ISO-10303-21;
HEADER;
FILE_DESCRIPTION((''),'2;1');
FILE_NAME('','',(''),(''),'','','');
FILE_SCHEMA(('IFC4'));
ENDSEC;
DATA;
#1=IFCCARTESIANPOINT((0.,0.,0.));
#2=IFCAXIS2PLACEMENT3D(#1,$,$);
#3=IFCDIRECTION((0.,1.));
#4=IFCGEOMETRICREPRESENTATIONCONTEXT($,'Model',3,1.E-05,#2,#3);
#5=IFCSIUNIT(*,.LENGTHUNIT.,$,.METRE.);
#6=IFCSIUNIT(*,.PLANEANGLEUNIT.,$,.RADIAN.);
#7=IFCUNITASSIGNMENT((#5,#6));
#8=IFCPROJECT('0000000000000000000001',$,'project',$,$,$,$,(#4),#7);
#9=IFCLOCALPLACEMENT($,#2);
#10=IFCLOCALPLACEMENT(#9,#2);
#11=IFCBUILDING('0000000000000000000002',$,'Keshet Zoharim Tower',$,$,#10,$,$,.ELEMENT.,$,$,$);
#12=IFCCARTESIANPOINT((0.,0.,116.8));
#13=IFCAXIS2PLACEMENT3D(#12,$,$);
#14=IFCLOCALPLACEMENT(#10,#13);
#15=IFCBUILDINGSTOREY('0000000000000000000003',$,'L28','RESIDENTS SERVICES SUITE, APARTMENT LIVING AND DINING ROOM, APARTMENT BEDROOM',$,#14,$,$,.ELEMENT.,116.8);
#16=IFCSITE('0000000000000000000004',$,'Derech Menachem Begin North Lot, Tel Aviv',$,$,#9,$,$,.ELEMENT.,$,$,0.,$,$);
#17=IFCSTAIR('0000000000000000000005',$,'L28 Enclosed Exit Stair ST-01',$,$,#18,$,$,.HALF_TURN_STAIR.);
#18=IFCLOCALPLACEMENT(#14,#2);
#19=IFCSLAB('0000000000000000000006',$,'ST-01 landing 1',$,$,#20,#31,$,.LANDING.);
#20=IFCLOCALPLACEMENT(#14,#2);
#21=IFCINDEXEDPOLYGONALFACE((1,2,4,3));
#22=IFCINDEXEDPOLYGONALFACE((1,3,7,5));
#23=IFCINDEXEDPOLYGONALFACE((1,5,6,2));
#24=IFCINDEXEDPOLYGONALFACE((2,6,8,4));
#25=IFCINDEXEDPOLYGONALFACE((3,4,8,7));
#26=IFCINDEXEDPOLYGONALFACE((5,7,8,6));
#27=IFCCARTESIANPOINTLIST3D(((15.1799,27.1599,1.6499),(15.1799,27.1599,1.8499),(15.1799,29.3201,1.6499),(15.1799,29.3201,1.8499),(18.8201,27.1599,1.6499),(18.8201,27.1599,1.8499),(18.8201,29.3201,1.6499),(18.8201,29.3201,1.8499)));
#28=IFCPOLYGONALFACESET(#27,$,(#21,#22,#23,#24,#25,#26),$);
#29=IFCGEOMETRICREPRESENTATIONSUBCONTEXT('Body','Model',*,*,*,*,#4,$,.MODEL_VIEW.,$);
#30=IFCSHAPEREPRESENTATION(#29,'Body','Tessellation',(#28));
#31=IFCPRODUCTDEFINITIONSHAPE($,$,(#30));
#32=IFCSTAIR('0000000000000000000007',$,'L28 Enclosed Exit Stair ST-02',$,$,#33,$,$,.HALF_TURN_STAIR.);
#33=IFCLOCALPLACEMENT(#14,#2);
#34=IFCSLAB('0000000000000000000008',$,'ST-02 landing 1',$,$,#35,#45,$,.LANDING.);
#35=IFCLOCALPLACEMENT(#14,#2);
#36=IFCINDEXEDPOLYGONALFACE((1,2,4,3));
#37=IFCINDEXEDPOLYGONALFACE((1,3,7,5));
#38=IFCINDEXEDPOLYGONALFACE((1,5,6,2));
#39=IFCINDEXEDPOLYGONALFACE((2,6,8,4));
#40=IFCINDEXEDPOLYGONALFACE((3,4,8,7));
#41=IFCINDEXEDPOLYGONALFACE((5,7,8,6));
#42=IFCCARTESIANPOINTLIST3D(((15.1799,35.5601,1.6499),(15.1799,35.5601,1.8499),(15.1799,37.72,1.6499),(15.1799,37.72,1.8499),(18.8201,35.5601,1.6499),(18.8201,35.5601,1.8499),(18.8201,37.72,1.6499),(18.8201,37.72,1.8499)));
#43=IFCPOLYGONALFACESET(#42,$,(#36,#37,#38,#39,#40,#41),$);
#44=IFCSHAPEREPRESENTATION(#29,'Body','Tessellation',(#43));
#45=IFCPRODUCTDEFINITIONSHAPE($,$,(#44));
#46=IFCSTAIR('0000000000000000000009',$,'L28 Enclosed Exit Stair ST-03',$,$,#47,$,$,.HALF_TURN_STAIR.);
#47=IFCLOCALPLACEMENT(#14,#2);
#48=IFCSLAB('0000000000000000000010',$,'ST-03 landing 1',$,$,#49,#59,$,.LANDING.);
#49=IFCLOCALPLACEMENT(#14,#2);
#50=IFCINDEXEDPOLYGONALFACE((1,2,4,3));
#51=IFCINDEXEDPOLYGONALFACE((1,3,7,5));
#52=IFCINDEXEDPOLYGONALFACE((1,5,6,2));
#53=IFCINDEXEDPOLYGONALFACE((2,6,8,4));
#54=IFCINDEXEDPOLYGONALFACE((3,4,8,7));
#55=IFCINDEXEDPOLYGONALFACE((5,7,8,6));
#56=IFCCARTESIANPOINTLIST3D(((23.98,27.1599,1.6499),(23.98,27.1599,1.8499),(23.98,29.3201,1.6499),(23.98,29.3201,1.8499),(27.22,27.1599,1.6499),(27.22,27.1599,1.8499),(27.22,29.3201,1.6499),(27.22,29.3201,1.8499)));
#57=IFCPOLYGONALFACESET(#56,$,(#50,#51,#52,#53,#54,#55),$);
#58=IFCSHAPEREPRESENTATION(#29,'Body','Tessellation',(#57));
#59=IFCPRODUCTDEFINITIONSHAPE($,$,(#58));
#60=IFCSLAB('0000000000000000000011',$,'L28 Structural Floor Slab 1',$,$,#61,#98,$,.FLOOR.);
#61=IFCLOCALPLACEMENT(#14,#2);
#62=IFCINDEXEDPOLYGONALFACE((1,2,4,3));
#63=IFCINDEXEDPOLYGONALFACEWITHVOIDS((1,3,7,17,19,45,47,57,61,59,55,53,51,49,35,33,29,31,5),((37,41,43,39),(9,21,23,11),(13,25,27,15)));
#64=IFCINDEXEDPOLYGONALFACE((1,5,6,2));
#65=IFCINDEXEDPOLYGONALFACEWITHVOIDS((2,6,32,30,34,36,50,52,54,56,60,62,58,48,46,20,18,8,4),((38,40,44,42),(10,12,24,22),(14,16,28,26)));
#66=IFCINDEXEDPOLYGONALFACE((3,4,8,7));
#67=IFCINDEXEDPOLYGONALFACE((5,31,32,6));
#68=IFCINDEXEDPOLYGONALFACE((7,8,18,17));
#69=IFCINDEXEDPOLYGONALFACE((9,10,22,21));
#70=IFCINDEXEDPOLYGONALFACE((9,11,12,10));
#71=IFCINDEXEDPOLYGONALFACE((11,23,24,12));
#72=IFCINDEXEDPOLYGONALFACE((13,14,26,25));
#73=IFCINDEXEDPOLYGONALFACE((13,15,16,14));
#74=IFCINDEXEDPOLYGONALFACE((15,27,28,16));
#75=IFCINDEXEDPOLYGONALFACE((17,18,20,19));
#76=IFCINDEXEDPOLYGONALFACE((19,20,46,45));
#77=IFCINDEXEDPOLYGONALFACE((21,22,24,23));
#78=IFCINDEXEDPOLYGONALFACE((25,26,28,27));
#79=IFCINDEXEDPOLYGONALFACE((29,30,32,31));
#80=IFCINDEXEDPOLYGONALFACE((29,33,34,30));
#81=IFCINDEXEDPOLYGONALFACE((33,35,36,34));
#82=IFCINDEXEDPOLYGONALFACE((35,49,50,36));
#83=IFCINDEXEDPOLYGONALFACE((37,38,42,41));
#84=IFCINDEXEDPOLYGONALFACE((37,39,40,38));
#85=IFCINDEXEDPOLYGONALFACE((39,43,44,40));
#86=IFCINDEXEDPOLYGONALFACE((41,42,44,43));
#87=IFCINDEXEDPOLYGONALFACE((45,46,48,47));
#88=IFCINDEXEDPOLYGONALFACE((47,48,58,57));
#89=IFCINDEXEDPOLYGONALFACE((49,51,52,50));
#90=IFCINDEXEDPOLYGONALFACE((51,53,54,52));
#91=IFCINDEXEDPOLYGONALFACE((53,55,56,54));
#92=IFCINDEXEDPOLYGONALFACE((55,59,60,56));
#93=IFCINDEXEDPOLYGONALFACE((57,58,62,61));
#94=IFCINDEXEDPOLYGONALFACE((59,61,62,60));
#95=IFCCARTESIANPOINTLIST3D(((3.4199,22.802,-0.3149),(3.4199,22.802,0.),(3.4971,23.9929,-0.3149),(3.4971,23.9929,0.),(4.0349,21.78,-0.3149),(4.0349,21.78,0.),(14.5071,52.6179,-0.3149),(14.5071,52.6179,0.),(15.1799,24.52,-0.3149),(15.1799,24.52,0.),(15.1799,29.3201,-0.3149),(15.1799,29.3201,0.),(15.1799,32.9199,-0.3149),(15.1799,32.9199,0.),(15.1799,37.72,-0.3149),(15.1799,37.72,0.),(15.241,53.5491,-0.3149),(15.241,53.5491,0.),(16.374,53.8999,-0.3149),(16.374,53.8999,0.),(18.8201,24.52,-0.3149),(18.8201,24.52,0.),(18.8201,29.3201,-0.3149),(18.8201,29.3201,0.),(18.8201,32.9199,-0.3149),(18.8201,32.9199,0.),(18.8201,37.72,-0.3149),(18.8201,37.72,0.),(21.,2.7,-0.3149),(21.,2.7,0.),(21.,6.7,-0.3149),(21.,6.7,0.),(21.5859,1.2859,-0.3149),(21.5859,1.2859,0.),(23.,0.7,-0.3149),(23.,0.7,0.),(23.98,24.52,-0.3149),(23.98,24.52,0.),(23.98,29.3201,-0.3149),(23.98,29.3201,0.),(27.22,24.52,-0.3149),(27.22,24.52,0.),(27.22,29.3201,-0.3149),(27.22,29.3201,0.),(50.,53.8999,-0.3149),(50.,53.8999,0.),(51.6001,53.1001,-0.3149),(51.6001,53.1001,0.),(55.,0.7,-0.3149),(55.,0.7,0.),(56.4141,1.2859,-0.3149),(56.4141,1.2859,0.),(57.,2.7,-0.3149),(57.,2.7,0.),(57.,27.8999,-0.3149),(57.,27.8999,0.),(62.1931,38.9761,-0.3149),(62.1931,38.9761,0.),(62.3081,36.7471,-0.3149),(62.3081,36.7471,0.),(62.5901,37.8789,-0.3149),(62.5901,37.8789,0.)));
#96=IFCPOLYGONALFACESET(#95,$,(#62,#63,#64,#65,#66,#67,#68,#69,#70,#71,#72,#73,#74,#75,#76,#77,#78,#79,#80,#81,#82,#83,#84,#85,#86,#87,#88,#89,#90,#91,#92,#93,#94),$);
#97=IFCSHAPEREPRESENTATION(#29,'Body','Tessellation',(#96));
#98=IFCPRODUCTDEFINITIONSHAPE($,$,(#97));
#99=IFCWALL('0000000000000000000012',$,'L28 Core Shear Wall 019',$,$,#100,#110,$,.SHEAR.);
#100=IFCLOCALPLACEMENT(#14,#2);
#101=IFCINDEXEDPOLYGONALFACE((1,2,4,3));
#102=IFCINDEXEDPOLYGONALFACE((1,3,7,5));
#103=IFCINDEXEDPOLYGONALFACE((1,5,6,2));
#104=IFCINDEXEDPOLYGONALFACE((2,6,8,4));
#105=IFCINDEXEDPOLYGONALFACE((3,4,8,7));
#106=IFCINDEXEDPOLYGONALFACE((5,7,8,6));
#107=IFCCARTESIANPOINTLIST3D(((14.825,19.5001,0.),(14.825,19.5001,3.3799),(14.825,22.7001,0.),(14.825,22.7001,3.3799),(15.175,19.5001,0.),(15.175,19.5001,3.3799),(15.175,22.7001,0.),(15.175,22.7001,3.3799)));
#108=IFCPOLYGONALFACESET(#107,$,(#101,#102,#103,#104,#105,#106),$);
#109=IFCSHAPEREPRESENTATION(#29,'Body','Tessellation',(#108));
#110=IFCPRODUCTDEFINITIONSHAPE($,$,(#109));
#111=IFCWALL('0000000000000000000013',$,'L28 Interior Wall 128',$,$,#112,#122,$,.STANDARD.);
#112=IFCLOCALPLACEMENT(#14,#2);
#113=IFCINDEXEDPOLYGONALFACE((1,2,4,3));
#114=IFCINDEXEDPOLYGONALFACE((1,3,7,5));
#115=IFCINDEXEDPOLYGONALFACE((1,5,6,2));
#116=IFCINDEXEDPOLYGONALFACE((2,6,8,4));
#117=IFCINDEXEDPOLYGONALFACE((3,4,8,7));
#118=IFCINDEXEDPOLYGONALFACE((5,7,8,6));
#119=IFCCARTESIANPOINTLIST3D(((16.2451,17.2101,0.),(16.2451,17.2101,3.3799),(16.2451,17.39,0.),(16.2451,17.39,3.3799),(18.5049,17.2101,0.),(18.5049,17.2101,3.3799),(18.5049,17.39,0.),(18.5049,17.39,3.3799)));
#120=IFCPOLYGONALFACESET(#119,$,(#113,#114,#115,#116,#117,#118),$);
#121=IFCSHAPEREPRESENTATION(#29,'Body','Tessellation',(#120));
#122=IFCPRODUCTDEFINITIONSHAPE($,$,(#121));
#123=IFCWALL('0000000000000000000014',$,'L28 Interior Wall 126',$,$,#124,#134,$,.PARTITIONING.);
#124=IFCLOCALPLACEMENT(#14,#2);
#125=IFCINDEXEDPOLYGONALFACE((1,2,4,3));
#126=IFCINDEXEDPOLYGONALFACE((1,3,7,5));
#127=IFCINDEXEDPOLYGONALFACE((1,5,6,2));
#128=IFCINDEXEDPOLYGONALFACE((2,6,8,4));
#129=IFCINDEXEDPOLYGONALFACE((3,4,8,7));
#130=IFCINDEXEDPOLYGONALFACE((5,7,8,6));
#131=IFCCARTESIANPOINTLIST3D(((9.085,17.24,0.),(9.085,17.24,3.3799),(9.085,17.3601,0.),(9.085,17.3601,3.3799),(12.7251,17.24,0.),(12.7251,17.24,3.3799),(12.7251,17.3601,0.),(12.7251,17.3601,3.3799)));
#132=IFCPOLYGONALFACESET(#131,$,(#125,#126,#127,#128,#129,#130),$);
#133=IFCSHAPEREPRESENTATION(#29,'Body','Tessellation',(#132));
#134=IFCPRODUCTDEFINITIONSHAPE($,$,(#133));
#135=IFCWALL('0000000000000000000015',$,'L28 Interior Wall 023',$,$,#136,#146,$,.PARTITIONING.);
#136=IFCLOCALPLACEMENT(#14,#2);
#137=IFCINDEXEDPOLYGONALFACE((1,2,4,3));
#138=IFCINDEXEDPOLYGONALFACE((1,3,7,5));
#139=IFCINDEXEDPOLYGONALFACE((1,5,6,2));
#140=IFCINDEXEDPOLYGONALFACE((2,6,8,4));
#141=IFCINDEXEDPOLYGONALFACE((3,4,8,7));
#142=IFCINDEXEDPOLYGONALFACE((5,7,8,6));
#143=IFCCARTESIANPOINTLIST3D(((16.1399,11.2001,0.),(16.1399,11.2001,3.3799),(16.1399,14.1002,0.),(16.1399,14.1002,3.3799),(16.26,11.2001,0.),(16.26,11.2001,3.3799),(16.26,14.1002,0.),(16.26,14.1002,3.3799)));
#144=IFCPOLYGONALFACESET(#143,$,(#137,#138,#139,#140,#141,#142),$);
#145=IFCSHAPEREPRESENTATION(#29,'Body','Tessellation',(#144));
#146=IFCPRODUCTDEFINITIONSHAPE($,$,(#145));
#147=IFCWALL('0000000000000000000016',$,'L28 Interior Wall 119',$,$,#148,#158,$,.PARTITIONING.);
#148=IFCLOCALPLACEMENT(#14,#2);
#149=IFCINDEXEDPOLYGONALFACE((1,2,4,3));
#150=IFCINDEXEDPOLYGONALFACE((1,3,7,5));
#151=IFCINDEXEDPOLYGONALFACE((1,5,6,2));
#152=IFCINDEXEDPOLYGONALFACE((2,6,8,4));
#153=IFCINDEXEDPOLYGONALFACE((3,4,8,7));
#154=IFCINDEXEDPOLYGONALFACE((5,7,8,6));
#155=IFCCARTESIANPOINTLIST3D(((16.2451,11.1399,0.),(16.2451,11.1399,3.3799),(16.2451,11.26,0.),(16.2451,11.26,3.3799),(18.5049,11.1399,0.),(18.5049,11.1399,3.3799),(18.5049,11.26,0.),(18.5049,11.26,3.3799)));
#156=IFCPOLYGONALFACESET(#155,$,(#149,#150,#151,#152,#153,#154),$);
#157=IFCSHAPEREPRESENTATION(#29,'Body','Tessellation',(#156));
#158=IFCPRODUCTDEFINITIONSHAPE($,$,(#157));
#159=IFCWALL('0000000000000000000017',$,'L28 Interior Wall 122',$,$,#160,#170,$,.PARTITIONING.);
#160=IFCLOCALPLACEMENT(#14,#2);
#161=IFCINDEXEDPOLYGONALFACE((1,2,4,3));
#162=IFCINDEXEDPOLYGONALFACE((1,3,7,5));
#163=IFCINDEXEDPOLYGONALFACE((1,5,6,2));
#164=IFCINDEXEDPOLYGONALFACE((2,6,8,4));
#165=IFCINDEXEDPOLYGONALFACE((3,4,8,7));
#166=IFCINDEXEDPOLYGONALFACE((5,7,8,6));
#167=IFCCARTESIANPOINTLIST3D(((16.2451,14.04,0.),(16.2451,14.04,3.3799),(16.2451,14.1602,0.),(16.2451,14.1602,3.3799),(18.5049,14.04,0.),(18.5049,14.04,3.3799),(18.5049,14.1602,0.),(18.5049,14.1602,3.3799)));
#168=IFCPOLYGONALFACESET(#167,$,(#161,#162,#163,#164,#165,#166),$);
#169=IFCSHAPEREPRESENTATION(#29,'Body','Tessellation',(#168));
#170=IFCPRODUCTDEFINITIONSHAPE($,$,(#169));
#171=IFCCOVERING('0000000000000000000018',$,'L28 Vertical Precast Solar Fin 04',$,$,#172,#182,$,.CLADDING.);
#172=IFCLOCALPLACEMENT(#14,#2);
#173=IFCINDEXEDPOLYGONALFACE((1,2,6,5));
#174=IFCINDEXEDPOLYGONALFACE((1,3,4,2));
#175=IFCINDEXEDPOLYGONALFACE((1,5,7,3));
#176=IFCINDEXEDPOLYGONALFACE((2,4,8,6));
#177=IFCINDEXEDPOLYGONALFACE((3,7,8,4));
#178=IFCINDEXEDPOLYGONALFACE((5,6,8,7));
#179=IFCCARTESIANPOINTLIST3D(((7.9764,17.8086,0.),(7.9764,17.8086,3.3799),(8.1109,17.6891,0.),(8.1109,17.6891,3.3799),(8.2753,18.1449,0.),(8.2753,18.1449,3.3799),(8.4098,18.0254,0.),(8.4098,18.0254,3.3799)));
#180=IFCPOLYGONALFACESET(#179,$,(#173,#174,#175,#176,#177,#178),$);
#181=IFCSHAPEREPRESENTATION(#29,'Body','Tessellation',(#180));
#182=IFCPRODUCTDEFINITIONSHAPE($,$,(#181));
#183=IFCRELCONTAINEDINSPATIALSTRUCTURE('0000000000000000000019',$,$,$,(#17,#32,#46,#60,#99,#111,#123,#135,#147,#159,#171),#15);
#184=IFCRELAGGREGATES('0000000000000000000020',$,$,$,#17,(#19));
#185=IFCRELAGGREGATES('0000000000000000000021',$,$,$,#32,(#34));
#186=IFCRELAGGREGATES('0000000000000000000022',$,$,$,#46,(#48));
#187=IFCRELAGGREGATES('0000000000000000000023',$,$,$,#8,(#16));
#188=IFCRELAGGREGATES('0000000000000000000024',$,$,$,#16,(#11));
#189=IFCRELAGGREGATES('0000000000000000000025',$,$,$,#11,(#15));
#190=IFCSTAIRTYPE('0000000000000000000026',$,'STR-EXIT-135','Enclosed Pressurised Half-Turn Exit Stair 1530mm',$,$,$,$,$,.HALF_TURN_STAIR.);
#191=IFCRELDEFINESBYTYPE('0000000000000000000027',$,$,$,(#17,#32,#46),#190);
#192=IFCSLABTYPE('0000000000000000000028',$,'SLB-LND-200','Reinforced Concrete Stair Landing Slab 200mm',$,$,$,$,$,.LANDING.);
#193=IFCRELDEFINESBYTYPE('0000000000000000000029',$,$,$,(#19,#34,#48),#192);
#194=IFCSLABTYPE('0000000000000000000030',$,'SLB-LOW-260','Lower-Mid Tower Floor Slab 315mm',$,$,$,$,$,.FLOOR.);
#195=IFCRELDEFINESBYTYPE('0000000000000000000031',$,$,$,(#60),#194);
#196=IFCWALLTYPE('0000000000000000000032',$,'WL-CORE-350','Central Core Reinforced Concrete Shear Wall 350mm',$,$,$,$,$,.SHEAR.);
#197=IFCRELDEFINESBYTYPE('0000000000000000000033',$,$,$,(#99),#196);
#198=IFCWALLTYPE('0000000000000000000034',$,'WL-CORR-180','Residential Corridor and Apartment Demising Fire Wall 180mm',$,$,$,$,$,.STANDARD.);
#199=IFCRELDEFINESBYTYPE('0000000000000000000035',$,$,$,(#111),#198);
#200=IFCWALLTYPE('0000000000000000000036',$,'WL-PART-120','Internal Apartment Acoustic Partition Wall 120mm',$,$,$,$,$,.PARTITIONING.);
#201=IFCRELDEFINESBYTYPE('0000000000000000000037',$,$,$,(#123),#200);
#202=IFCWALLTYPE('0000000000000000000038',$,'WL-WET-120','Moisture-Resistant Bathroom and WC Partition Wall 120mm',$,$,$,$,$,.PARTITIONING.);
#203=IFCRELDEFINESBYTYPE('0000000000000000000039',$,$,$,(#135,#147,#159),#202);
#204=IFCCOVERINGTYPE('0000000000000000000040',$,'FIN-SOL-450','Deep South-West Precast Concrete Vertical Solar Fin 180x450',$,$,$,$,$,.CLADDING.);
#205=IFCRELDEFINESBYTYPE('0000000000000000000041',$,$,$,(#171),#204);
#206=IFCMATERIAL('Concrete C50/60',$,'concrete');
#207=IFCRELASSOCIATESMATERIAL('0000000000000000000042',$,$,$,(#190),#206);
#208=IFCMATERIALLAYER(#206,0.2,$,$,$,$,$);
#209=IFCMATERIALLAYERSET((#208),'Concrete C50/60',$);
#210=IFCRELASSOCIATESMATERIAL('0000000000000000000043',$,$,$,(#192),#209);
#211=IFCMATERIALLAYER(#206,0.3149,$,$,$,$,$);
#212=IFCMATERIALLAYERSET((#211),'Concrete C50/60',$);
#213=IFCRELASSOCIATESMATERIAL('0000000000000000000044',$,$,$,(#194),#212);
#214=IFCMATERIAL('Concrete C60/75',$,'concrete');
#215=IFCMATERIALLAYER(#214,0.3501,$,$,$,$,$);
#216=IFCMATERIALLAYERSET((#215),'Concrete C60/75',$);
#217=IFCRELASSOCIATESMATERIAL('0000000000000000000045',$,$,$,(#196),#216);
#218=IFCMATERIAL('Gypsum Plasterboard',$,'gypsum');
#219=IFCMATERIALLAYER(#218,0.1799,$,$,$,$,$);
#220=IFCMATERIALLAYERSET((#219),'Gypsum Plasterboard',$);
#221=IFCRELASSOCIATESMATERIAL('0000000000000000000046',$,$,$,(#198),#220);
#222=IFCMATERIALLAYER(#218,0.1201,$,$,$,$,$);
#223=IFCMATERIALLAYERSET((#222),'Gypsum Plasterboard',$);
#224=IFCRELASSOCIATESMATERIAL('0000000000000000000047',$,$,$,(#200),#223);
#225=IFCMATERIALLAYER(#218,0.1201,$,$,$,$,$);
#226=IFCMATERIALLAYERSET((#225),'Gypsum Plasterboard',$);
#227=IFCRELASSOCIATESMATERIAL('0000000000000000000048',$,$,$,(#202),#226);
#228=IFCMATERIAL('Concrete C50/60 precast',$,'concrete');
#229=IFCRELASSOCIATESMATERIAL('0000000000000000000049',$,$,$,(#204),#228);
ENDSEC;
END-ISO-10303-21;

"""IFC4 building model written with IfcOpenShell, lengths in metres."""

from ifc_helpers import new_model, si_unit, direction, frame, frame_2d, origin, origin_2d, place, context, subcontext, project, spatial, polyline, rectangle, outline, extrude, material, layer, layer_set, type_object, element, aggregate, save


model = new_model("IFC4")

# Units and contexts
model_context = context("Model", 3, precision=1e-05, world=origin(), true_north=direction((0.0, 1.0)))
body_context = subcontext(model_context, "Body", "Model", "MODEL_VIEW")
ifc_project = project(units=[si_unit("LENGTHUNIT", "METRE"), si_unit("PLANEANGLEUNIT", "RADIAN")], contexts=[model_context])

# Site, building, storey
site_placement = place(None, origin())
site = spatial("IfcSite", under=ifc_project, at=site_placement, Name="Derech Menachem Begin North Lot, Tel Aviv", CompositionType="ELEMENT", RefElevation=0.0)
building_placement = place(site_placement, origin())
building = spatial("IfcBuilding", under=site, at=building_placement, Name="Keshet Zoharim Tower", CompositionType="ELEMENT")
storey_placement = place(building_placement, frame((0.0, 0.0, 116.8)))
storey = spatial("IfcBuildingStorey", under=building, at=storey_placement, Name="L28", Description="RESIDENTS SERVICES SUITE, APARTMENT LIVING AND DINING ROOM, APARTMENT BEDROOM", CompositionType="ELEMENT", Elevation=116.8)

# Shared definitions
ifc_material_1 = material(Name="Concrete C60/75", Category="concrete")

# Stairs, slabs
ifc_material_2 = material(Name="Concrete C50/60", Category="concrete")
stair_type = type_object("IfcStairType", Name="STR-EXIT-135", Description="Enclosed Pressurised Half-Turn Exit Stair 1530mm", PredefinedType="HALF_TURN_STAIR", material=ifc_material_2)
stair_1_placement = place(storey_placement, origin())
stair_1 = element("IfcStair", 1, at=stair_1_placement, inside=storey, type_object=stair_type, Name="L28 Enclosed Exit Stair ST-01", PredefinedType="HALF_TURN_STAIR")
ifc_layer_1 = layer(ifc_material_2, 0.2)
ifc_layer_set_1 = layer_set([ifc_layer_1], Name="Concrete C50/60")
slab_type_1 = type_object("IfcSlabType", Name="SLB-LND-200", Description="Reinforced Concrete Stair Landing Slab 200mm", PredefinedType="LANDING", material=ifc_layer_set_1)
slab_1_placement = place(storey_placement, frame((0.0, 0.0, 1.6499)))
slab_1 = element("IfcSlab", 2, at=slab_1_placement, type_object=slab_type_1, Name="ST-01 landing 1", PredefinedType="LANDING", context=body_context, shape_type="SweptSolid", body=[
    extrude(outline(polyline([(15.1799, 27.1599), (18.8201, 27.1599), (18.8201, 29.3201), (15.1799, 29.3201), (15.1799, 27.1599)])), origin(), (0.0, 0.0, 1.0), 0.2),
])
aggregate(stair_1, [slab_1])
stair_2_placement = place(storey_placement, origin())
stair_2 = element("IfcStair", 3, at=stair_2_placement, inside=storey, type_object=stair_type, Name="L28 Enclosed Exit Stair ST-02", PredefinedType="HALF_TURN_STAIR")
slab_2_placement = place(storey_placement, frame((0.0, 0.0, 1.6499)))
slab_2 = element("IfcSlab", 4, at=slab_2_placement, type_object=slab_type_1, Name="ST-02 landing 1", PredefinedType="LANDING", context=body_context, shape_type="SweptSolid", body=[
    extrude(outline(polyline([(15.1799, 35.5601), (18.8201, 35.5601), (18.8201, 37.72), (15.1799, 37.72), (15.1799, 35.5601)])), origin(), (0.0, 0.0, 1.0), 0.2),
])
aggregate(stair_2, [slab_2])
stair_3_placement = place(storey_placement, origin())
stair_3 = element("IfcStair", 5, at=stair_3_placement, inside=storey, type_object=stair_type, Name="L28 Enclosed Exit Stair ST-03", PredefinedType="HALF_TURN_STAIR")
slab_3_placement = place(storey_placement, frame((0.0, 0.0, 1.6499)))
slab_3 = element("IfcSlab", 6, at=slab_3_placement, type_object=slab_type_1, Name="ST-03 landing 1", PredefinedType="LANDING", context=body_context, shape_type="SweptSolid", body=[
    extrude(outline(polyline([(23.98, 27.1599), (27.22, 27.1599), (27.22, 29.3201), (23.98, 29.3201), (23.98, 27.1599)])), origin(), (0.0, 0.0, 1.0), 0.2),
])
aggregate(stair_3, [slab_3])

# Slab
ifc_layer_2 = layer(ifc_material_2, 0.3149)
ifc_layer_set_2 = layer_set([ifc_layer_2], Name="Concrete C50/60")
slab_type_2 = type_object("IfcSlabType", Name="SLB-LOW-260", Description="Lower-Mid Tower Floor Slab 315mm", PredefinedType="FLOOR", material=ifc_layer_set_2)
slab_4_placement = place(storey_placement, frame((0.0, 0.0, -0.3149)))
element("IfcSlab", 7, at=slab_4_placement, inside=storey, type_object=slab_type_2, Name="L28 Structural Floor Slab 1", PredefinedType="FLOOR", context=body_context, shape_type="SweptSolid", body=[
    extrude(outline(polyline([(57.0, 2.7), (56.4141, 1.2859), (55.0, 0.7), (23.0, 0.7), (21.5859, 1.2859), (21.0, 2.7), (21.0, 6.7), (4.0349, 21.78), (3.4199, 22.802), (3.4971, 23.9929), (14.5071, 52.6179), (15.241, 53.5491), (16.374, 53.8999), (50.0, 53.8999), (51.6001, 53.1001), (62.1931, 38.9761), (62.5901, 37.8789), (62.3081, 36.7471), (57.0, 27.8999), (57.0, 2.7)]), holes=[polyline([(15.1799, 24.52), (18.8201, 24.52), (18.8201, 29.3201), (15.1799, 29.3201), (15.1799, 24.52)]), polyline([(15.1799, 32.9199), (18.8201, 32.9199), (18.8201, 37.72), (15.1799, 37.72), (15.1799, 32.9199)]), polyline([(23.98, 24.52), (27.22, 24.52), (27.22, 29.3201), (23.98, 29.3201), (23.98, 24.52)])]), origin(), (0.0, 0.0, 1.0), 0.3149),
])

# Wall
ifc_layer_3 = layer(ifc_material_1, 0.3501)
ifc_layer_set_3 = layer_set([ifc_layer_3], Name="Concrete C60/75")
wall_type_1 = type_object("IfcWallType", Name="WL-CORE-350", Description="Central Core Reinforced Concrete Shear Wall 350mm", PredefinedType="SHEAR", material=ifc_layer_set_3)
wall_1_placement = place(storey_placement, frame((15.0, 19.5, 0.0), z_axis=(0.0, 0.0, 1.0), x_axis=(0.0, 1.0, 0.0)))
element("IfcWall", 8, at=wall_1_placement, inside=storey, type_object=wall_type_1, Name="L28 Core Shear Wall 019", PredefinedType="SHEAR", context=body_context, shape_type="SweptSolid", body=[
    extrude(rectangle(XDim=3.2, YDim=0.3501, at=frame_2d((1.6001, 0.0))), origin(), (0.0, 0.0, 1.0), 3.3799),
])

# Shared definitions
ifc_material_3 = material(Name="Gypsum Plasterboard", Category="gypsum")
ifc_layer_4 = layer(ifc_material_3, 0.1799)
ifc_layer_set_4 = layer_set([ifc_layer_4], Name="Gypsum Plasterboard")
wall_type_2 = type_object("IfcWallType", Name="WL-CORR-180", Description="Residential Corridor and Apartment Demising Fire Wall 180mm", PredefinedType="STANDARD", material=ifc_layer_set_4)

# Wall
wall_2_placement = place(storey_placement, frame((16.2451, 17.3, 0.0), z_axis=(0.0, 0.0, 1.0), x_axis=(1.0, 0.0, 0.0)))
element("IfcWall", 9, at=wall_2_placement, inside=storey, type_object=wall_type_2, Name="L28 Interior Wall 128", PredefinedType="STANDARD", context=body_context, shape_type="SweptSolid", body=[
    extrude(rectangle(XDim=2.2598, YDim=0.1799, at=frame_2d((1.1299, 0.0))), origin(), (0.0, 0.0, 1.0), 3.3799),
])

# Shared definitions
ifc_layer_5 = layer(ifc_material_3, 0.1201)
ifc_layer_set_5 = layer_set([ifc_layer_5], Name="Gypsum Plasterboard")
wall_type_3 = type_object("IfcWallType", Name="WL-PART-120", Description="Internal Apartment Acoustic Partition Wall 120mm", PredefinedType="PARTITIONING", material=ifc_layer_set_5)

# Walls
wall_3_placement = place(storey_placement, frame((9.085, 17.3, 0.0), z_axis=(0.0, 0.0, 1.0), x_axis=(1.0, 0.0, 0.0)))
element("IfcWall", 10, at=wall_3_placement, inside=storey, type_object=wall_type_3, Name="L28 Interior Wall 126", PredefinedType="PARTITIONING", context=body_context, shape_type="SweptSolid", body=[
    extrude(rectangle(XDim=3.6401, YDim=0.1201, at=frame_2d((1.8201, 0.0))), origin(), (0.0, 0.0, 1.0), 3.3799),
])
ifc_layer_6 = layer(ifc_material_3, 0.1201)
ifc_layer_set_6 = layer_set([ifc_layer_6], Name="Gypsum Plasterboard")
wall_type_4 = type_object("IfcWallType", Name="WL-WET-120", Description="Moisture-Resistant Bathroom and WC Partition Wall 120mm", PredefinedType="PARTITIONING", material=ifc_layer_set_6)
wall_4_placement = place(storey_placement, frame((16.2, 11.2, 0.0), z_axis=(0.0, 0.0, 1.0), x_axis=(0.0, 1.0, 0.0)))
element("IfcWall", 11, at=wall_4_placement, inside=storey, type_object=wall_type_4, Name="L28 Interior Wall 023", PredefinedType="PARTITIONING", context=body_context, shape_type="SweptSolid", body=[
    extrude(rectangle(XDim=2.9001, YDim=0.1201, at=frame_2d((1.4502, 0.0))), origin(), (0.0, 0.0, 1.0), 3.3799),
])
for number, where, z_axis, x_axis, name in (
    (12, (16.2451, 11.2, 0.0), (0.0, 0.0, 1.0), (1.0, 0.0, 0.0), "L28 Interior Wall 119"),
    (13, (16.2451, 14.1001, 0.0), (0.0, 0.0, 1.0), (1.0, 0.0, 0.0), "L28 Interior Wall 122"),
):
    element("IfcWall", number, at=place(storey_placement, frame(where, z_axis=z_axis, x_axis=x_axis)), inside=storey, type_object=wall_type_4, Name=name, PredefinedType="PARTITIONING", context=body_context, shape_type="SweptSolid", body=[
        extrude(rectangle(XDim=2.2598, YDim=0.1201, at=frame_2d((1.1299, 0.0))), origin(), (0.0, 0.0, 1.0), 3.3799),
    ])

# Covering
ifc_material_4 = material(Name="Concrete C50/60 precast", Category="concrete")
covering_type = type_object("IfcCoveringType", Name="FIN-SOL-450", Description="Deep South-West Precast Concrete Vertical Solar Fin 180x450", PredefinedType="CLADDING", material=ifc_material_4)
covering_placement = place(storey_placement, frame((8.1931, 17.917, 0.0), z_axis=(0.0, 0.0, 1.0), x_axis=(-0.747409, 0.664364, 0.0)))
element("IfcCovering", 14, at=covering_placement, inside=storey, type_object=covering_type, Name="L28 Vertical Precast Solar Fin 04", PredefinedType="CLADDING", context=body_context, shape_type="SweptSolid", body=[
    extrude(rectangle(XDim=0.1799, YDim=0.45, at=origin_2d()), origin(), (0.0, 0.0, 1.0), 3.3799),
])

save(model, "model.ifc")
